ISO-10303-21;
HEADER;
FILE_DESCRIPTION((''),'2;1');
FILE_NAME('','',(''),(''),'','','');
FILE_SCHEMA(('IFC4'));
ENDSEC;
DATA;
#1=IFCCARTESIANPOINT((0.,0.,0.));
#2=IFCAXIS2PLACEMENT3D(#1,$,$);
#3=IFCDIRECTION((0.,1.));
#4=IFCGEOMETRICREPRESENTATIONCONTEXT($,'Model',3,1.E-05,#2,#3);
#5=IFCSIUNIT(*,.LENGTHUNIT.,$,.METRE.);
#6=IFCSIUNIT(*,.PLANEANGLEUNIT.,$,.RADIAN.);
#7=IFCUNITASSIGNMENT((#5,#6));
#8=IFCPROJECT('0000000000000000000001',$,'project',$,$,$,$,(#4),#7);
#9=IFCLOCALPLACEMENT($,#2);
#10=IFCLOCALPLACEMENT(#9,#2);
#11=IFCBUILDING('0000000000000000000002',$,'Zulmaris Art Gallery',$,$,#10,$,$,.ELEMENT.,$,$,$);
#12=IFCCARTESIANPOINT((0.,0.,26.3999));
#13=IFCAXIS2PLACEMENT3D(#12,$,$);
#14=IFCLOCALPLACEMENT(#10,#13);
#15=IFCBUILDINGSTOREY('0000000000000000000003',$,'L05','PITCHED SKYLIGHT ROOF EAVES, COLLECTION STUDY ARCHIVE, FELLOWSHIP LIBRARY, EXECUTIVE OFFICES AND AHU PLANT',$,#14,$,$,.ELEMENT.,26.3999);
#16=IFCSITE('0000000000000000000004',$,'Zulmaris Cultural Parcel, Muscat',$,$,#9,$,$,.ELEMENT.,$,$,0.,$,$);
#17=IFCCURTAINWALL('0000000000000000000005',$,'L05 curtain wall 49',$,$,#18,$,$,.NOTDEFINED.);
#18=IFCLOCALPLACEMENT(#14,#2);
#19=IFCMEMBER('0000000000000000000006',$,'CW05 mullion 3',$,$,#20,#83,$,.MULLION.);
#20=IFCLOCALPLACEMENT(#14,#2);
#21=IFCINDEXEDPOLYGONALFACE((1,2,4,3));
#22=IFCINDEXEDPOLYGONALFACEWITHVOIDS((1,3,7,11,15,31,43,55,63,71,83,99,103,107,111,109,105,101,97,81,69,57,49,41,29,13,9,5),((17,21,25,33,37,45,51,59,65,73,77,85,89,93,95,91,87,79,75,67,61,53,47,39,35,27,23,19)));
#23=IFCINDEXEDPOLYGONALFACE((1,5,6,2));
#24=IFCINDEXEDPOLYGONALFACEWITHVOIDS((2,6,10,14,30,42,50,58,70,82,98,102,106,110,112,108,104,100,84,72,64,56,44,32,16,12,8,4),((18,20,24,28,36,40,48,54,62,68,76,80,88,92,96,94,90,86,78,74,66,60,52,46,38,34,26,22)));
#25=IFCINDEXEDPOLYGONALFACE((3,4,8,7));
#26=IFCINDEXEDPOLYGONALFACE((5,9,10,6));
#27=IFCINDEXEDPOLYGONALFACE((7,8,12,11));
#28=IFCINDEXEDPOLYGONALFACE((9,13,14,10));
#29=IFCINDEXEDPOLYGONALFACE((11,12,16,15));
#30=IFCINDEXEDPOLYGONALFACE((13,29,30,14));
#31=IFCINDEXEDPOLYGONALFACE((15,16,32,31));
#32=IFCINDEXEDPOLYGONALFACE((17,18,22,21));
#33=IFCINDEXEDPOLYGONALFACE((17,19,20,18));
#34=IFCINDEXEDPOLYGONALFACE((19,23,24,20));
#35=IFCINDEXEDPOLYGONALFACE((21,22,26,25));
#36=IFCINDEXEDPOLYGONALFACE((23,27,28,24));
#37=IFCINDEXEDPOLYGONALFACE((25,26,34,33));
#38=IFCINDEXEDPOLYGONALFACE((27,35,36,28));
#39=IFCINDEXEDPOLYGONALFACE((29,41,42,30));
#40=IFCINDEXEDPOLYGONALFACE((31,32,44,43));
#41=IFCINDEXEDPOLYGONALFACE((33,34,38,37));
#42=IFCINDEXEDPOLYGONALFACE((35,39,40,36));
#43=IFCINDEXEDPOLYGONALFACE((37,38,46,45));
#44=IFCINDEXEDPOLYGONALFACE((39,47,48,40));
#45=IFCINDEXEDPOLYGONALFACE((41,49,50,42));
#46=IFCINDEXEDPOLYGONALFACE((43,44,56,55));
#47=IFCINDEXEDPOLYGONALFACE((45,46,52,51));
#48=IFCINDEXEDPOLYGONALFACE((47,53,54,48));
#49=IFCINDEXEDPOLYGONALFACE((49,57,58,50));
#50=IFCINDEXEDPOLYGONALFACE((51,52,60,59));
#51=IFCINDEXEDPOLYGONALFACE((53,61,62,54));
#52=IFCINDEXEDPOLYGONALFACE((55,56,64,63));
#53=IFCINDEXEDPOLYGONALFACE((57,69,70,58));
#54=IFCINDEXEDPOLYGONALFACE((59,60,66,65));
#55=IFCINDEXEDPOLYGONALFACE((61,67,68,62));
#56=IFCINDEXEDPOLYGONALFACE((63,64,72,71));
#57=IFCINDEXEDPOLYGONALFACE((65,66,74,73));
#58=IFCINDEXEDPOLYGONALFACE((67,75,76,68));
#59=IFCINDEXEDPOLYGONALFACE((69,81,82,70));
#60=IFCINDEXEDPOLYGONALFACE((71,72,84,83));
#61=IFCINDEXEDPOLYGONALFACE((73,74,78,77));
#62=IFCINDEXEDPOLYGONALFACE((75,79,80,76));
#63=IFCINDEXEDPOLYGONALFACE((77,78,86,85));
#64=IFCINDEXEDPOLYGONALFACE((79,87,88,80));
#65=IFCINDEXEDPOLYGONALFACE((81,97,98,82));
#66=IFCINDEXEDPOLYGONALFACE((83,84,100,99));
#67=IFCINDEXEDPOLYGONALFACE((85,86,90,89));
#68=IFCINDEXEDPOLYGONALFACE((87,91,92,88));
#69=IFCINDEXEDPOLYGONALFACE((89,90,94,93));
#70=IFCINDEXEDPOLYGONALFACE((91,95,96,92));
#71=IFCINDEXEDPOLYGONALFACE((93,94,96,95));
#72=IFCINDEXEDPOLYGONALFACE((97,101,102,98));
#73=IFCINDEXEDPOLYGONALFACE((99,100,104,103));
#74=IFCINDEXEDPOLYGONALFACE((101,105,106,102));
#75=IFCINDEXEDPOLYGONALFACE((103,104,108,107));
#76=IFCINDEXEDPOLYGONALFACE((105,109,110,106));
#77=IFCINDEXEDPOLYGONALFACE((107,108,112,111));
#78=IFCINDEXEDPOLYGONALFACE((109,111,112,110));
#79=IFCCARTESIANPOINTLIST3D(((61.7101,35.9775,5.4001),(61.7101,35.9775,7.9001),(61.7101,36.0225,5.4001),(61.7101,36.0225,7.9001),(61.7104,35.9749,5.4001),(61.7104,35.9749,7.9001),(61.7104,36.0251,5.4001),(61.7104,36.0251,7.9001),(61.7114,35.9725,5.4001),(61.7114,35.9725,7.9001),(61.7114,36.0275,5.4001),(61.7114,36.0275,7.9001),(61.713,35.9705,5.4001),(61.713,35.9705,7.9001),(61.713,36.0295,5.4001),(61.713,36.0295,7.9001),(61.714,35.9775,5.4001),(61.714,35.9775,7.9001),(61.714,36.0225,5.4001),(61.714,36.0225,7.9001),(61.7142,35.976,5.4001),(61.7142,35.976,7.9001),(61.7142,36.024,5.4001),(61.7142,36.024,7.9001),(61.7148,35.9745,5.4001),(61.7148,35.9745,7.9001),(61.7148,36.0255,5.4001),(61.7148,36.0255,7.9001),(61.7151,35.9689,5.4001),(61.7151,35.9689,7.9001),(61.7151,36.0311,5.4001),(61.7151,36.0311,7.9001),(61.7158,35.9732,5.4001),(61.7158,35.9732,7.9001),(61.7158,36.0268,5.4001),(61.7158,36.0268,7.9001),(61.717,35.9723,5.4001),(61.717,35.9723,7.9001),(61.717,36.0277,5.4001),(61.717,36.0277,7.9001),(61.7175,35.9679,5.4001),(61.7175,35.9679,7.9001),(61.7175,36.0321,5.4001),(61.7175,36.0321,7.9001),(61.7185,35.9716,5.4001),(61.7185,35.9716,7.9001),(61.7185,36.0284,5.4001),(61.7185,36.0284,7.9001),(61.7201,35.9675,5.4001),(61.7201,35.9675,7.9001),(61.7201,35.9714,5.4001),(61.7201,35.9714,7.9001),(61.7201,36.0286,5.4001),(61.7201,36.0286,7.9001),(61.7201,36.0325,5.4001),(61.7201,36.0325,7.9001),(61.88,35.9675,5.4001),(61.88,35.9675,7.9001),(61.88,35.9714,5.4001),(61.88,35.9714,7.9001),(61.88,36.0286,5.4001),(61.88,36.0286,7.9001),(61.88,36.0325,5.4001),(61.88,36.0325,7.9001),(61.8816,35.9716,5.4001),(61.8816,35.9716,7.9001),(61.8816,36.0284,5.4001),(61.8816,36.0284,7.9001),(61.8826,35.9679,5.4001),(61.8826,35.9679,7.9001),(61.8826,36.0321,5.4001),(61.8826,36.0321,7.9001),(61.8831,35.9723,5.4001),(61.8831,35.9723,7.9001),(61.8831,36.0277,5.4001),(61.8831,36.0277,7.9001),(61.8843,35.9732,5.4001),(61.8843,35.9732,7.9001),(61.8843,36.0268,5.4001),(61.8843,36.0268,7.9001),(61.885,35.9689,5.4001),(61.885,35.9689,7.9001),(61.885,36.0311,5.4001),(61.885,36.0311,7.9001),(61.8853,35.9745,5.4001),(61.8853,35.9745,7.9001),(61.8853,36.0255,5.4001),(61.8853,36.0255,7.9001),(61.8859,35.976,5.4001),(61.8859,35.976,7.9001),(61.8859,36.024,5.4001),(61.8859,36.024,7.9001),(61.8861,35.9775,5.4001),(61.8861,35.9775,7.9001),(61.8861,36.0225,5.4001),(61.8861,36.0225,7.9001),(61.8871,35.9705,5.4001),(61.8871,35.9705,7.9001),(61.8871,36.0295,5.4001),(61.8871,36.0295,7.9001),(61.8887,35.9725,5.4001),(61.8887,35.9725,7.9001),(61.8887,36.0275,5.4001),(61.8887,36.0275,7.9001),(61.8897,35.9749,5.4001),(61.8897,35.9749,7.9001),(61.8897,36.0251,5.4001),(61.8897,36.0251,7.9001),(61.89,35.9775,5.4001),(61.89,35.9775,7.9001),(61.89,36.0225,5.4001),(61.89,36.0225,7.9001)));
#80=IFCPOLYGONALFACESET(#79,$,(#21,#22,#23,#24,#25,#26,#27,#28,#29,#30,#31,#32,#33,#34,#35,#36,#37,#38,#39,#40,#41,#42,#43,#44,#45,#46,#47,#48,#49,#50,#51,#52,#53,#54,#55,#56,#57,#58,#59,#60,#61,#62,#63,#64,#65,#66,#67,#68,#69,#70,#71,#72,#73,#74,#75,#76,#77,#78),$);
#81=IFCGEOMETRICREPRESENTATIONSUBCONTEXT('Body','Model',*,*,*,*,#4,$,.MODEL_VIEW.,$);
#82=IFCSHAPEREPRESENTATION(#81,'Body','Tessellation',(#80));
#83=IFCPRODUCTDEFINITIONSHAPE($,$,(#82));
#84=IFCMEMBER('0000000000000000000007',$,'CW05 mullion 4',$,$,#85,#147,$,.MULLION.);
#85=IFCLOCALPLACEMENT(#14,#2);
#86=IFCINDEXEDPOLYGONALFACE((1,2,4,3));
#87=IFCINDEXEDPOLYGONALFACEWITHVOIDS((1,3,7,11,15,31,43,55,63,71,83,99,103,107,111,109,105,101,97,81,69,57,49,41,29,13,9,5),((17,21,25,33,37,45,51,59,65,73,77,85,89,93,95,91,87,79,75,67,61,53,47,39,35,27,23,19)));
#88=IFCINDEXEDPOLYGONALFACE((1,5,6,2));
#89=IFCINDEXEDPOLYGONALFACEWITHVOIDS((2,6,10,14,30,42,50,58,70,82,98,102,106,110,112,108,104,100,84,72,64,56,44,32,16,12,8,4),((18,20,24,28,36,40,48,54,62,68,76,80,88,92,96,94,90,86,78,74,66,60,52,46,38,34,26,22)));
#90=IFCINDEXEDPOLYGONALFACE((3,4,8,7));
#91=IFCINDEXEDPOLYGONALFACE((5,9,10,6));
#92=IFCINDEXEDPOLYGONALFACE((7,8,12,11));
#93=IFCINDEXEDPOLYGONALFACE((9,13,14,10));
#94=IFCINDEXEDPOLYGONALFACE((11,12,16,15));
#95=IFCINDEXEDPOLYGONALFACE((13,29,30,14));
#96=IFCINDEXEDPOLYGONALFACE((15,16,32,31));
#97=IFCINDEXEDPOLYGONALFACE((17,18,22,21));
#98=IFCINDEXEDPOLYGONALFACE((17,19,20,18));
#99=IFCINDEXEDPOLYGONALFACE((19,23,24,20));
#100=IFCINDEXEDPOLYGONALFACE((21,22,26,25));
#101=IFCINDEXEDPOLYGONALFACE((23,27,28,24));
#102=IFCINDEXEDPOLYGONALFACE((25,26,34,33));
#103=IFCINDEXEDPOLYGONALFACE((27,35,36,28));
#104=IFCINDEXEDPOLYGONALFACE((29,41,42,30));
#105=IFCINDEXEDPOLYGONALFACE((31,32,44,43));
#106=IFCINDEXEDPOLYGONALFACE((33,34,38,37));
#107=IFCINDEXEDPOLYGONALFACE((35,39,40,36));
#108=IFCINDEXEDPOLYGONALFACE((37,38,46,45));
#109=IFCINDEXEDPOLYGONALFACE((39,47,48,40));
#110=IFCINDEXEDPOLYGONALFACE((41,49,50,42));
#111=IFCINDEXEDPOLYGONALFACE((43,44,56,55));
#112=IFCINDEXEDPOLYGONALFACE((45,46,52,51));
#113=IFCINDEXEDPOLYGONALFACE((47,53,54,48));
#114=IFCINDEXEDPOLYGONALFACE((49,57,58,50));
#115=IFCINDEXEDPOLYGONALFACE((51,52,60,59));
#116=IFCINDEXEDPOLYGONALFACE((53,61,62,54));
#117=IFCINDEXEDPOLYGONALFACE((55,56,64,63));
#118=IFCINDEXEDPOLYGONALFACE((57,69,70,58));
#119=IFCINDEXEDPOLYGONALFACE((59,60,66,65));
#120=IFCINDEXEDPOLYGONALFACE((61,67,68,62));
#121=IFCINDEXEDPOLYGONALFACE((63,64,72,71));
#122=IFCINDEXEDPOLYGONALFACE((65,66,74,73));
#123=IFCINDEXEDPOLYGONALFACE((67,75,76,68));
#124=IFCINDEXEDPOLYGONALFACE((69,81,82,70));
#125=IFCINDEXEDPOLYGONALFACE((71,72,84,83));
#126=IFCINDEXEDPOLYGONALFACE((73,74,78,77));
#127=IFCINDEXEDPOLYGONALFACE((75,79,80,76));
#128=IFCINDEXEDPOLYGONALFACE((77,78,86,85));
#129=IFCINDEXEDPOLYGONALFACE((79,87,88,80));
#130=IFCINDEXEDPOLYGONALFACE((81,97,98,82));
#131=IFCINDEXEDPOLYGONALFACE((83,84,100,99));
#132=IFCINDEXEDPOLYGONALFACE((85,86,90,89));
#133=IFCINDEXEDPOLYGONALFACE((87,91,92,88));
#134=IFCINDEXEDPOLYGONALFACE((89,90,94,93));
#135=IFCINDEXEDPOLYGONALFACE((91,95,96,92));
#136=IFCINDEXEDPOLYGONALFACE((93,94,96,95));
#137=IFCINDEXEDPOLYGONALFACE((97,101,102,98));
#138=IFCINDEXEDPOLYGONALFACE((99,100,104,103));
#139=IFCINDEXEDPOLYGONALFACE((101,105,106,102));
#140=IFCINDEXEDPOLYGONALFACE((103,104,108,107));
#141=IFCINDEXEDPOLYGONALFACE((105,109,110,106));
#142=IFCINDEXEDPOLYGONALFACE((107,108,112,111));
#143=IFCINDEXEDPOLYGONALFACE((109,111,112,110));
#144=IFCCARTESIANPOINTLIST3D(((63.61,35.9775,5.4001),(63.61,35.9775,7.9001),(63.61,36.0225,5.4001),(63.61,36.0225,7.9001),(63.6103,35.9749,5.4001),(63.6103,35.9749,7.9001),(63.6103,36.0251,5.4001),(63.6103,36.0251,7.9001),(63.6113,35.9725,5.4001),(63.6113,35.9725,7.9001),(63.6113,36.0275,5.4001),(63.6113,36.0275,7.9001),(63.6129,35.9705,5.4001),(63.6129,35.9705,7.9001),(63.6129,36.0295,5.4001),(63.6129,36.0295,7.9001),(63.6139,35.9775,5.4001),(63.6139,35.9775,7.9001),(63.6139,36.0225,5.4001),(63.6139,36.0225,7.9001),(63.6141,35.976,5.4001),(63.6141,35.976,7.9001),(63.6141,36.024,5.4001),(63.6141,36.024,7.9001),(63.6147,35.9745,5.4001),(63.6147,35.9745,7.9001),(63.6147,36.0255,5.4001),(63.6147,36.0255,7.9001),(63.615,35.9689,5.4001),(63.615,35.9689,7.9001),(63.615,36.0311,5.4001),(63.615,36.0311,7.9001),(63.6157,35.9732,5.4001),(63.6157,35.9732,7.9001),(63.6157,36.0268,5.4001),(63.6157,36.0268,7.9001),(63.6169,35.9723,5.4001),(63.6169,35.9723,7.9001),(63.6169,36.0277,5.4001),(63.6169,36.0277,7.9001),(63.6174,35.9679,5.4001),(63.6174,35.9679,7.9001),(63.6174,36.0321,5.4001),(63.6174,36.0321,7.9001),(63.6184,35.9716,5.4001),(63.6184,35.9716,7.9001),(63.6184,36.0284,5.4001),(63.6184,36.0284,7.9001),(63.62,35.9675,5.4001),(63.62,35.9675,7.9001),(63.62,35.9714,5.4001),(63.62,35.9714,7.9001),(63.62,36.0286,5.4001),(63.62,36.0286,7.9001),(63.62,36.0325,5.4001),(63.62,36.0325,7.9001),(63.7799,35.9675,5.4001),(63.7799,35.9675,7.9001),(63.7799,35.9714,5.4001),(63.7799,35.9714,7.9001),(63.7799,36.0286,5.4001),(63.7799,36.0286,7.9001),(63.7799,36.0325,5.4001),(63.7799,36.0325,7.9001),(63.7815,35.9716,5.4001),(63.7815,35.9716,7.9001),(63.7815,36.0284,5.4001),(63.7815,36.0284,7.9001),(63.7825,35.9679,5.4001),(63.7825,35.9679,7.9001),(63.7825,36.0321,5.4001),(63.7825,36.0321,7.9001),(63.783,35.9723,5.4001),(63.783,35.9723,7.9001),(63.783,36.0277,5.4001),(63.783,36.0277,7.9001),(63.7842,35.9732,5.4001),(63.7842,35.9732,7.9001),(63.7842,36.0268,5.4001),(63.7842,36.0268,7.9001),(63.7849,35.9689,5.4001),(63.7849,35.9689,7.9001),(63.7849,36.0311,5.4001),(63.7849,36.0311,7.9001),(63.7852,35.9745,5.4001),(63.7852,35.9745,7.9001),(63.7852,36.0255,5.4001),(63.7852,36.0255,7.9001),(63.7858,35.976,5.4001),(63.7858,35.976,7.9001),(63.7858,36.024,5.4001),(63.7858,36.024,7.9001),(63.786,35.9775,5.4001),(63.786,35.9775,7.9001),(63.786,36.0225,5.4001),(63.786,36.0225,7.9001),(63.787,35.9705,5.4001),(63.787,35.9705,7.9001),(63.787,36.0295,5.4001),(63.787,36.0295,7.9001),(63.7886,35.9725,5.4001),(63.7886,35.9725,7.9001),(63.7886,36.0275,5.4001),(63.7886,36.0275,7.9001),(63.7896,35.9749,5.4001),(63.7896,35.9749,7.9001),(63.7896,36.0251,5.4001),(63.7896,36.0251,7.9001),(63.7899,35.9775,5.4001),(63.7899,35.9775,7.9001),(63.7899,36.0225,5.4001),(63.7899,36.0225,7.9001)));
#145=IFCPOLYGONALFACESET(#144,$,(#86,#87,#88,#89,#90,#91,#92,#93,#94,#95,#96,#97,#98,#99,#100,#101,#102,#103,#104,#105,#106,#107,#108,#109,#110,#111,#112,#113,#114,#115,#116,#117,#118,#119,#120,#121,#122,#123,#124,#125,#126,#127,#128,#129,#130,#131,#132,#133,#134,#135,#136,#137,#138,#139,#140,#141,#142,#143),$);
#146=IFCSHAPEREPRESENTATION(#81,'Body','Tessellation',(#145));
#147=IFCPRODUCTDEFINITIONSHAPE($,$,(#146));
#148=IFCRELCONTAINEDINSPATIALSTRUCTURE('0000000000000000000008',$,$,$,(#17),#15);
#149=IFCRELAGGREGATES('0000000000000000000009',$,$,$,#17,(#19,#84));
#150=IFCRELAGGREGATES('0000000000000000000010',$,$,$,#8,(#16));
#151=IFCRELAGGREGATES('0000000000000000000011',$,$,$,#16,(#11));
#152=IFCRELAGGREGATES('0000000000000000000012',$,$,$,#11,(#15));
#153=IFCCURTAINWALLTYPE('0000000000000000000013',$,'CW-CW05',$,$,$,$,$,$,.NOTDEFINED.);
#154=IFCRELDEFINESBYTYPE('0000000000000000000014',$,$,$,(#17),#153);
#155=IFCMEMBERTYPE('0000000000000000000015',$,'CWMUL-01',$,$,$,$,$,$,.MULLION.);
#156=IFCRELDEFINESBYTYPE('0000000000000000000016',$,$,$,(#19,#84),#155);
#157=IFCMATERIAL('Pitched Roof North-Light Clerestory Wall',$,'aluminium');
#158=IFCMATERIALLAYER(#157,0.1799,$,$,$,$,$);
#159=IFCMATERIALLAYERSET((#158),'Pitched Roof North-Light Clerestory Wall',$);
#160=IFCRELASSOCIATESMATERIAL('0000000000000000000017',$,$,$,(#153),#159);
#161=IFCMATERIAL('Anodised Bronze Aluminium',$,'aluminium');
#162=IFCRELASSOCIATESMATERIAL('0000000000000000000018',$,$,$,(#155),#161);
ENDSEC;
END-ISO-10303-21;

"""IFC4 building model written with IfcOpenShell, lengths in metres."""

from ifc_helpers import new_model, si_unit, direction, frame, origin, origin_2d, place, context, subcontext, project, spatial, hollow_rectangle, extrude, material, layer, layer_set, material_profile, profile_set, type_object, element, aggregate, save


model = new_model("IFC4")

# Units and contexts
model_context = context("Model", 3, precision=1e-05, world=origin(), true_north=direction((0.0, 1.0)))
body_context = subcontext(model_context, "Body", "Model", "MODEL_VIEW")
ifc_project = project(units=[si_unit("LENGTHUNIT", "METRE"), si_unit("PLANEANGLEUNIT", "RADIAN")], contexts=[model_context])

# Site, building, storey
site_placement = place(None, origin())
site = spatial("IfcSite", under=ifc_project, at=site_placement, Name="Zulmaris Cultural Parcel, Muscat", CompositionType="ELEMENT", RefElevation=0.0)
building_placement = place(site_placement, origin())
building = spatial("IfcBuilding", under=site, at=building_placement, Name="Zulmaris Art Gallery", CompositionType="ELEMENT")
storey_placement = place(building_placement, frame((0.0, 0.0, 26.3999)))
storey = spatial("IfcBuildingStorey", under=building, at=storey_placement, Name="L05", Description="PITCHED SKYLIGHT ROOF EAVES, COLLECTION STUDY ARCHIVE, FELLOWSHIP LIBRARY, EXECUTIVE OFFICES AND AHU PLANT", CompositionType="ELEMENT", Elevation=26.3999)

# Curtain wall, members
ifc_material_1 = material(Name="Pitched Roof North-Light Clerestory Wall", Category="aluminium")
ifc_layer_1 = layer(ifc_material_1, 0.1799)
ifc_layer_set_1 = layer_set([ifc_layer_1], Name="Pitched Roof North-Light Clerestory Wall")
curtain_wall_type = type_object("IfcCurtainWallType", Name="CW-CW05", PredefinedType="NOTDEFINED", material=ifc_layer_set_1)
curtain_wall_placement = place(storey_placement, origin())
curtain_wall = element("IfcCurtainWall", 1, at=curtain_wall_placement, inside=storey, type_object=curtain_wall_type, Name="L05 curtain wall 49", PredefinedType="NOTDEFINED")
ifc_material_2 = material(Name="Anodised Bronze Aluminium", Category="aluminium")
ifc_material_profile_1 = material_profile(ifc_material_2, hollow_rectangle(XDim=0.0649, YDim=0.1799, WallThickness=0.0039, InnerFilletRadius=0.0061, OuterFilletRadius=0.01, at=origin_2d()), Name="ALU 65x180x4")
ifc_profile_set_1 = profile_set([ifc_material_profile_1], Name="Anodised Bronze Aluminium")
member_type_1 = type_object("IfcMemberType", Name="CWMUL-01", PredefinedType="MULLION", material=ifc_profile_set_1)
member_1_placement = place(storey_placement, frame((61.8, 36.0, 5.4001), z_axis=(0.0, 0.0, 1.0), x_axis=(0.0, 1.0, 0.0)))
member_1 = element("IfcMember", 2, at=member_1_placement, type_object=member_type_1, Name="CW05 mullion 3", PredefinedType="MULLION", context=body_context, shape_type="SweptSolid", body=[
    extrude(hollow_rectangle(XDim=0.0649, YDim=0.1799, WallThickness=0.0039, InnerFilletRadius=0.0061, OuterFilletRadius=0.01, at=origin_2d()), origin(), (0.0, 0.0, 1.0), 2.5),
])
member_2_placement = place(storey_placement, frame((63.7, 36.0, 5.4001), z_axis=(0.0, 0.0, 1.0), x_axis=(0.0, 1.0, 0.0)))
member_2 = element("IfcMember", 3, at=member_2_placement, type_object=member_type_1, Name="CW05 mullion 4", PredefinedType="MULLION", context=body_context, shape_type="SweptSolid", body=[
    extrude(hollow_rectangle(XDim=0.0649, YDim=0.1799, WallThickness=0.0039, InnerFilletRadius=0.0061, OuterFilletRadius=0.01, at=origin_2d()), origin(), (0.0, 0.0, 1.0), 2.5),
])

aggregate(curtain_wall, [member_1, member_2])

save(model, "model.ifc")
